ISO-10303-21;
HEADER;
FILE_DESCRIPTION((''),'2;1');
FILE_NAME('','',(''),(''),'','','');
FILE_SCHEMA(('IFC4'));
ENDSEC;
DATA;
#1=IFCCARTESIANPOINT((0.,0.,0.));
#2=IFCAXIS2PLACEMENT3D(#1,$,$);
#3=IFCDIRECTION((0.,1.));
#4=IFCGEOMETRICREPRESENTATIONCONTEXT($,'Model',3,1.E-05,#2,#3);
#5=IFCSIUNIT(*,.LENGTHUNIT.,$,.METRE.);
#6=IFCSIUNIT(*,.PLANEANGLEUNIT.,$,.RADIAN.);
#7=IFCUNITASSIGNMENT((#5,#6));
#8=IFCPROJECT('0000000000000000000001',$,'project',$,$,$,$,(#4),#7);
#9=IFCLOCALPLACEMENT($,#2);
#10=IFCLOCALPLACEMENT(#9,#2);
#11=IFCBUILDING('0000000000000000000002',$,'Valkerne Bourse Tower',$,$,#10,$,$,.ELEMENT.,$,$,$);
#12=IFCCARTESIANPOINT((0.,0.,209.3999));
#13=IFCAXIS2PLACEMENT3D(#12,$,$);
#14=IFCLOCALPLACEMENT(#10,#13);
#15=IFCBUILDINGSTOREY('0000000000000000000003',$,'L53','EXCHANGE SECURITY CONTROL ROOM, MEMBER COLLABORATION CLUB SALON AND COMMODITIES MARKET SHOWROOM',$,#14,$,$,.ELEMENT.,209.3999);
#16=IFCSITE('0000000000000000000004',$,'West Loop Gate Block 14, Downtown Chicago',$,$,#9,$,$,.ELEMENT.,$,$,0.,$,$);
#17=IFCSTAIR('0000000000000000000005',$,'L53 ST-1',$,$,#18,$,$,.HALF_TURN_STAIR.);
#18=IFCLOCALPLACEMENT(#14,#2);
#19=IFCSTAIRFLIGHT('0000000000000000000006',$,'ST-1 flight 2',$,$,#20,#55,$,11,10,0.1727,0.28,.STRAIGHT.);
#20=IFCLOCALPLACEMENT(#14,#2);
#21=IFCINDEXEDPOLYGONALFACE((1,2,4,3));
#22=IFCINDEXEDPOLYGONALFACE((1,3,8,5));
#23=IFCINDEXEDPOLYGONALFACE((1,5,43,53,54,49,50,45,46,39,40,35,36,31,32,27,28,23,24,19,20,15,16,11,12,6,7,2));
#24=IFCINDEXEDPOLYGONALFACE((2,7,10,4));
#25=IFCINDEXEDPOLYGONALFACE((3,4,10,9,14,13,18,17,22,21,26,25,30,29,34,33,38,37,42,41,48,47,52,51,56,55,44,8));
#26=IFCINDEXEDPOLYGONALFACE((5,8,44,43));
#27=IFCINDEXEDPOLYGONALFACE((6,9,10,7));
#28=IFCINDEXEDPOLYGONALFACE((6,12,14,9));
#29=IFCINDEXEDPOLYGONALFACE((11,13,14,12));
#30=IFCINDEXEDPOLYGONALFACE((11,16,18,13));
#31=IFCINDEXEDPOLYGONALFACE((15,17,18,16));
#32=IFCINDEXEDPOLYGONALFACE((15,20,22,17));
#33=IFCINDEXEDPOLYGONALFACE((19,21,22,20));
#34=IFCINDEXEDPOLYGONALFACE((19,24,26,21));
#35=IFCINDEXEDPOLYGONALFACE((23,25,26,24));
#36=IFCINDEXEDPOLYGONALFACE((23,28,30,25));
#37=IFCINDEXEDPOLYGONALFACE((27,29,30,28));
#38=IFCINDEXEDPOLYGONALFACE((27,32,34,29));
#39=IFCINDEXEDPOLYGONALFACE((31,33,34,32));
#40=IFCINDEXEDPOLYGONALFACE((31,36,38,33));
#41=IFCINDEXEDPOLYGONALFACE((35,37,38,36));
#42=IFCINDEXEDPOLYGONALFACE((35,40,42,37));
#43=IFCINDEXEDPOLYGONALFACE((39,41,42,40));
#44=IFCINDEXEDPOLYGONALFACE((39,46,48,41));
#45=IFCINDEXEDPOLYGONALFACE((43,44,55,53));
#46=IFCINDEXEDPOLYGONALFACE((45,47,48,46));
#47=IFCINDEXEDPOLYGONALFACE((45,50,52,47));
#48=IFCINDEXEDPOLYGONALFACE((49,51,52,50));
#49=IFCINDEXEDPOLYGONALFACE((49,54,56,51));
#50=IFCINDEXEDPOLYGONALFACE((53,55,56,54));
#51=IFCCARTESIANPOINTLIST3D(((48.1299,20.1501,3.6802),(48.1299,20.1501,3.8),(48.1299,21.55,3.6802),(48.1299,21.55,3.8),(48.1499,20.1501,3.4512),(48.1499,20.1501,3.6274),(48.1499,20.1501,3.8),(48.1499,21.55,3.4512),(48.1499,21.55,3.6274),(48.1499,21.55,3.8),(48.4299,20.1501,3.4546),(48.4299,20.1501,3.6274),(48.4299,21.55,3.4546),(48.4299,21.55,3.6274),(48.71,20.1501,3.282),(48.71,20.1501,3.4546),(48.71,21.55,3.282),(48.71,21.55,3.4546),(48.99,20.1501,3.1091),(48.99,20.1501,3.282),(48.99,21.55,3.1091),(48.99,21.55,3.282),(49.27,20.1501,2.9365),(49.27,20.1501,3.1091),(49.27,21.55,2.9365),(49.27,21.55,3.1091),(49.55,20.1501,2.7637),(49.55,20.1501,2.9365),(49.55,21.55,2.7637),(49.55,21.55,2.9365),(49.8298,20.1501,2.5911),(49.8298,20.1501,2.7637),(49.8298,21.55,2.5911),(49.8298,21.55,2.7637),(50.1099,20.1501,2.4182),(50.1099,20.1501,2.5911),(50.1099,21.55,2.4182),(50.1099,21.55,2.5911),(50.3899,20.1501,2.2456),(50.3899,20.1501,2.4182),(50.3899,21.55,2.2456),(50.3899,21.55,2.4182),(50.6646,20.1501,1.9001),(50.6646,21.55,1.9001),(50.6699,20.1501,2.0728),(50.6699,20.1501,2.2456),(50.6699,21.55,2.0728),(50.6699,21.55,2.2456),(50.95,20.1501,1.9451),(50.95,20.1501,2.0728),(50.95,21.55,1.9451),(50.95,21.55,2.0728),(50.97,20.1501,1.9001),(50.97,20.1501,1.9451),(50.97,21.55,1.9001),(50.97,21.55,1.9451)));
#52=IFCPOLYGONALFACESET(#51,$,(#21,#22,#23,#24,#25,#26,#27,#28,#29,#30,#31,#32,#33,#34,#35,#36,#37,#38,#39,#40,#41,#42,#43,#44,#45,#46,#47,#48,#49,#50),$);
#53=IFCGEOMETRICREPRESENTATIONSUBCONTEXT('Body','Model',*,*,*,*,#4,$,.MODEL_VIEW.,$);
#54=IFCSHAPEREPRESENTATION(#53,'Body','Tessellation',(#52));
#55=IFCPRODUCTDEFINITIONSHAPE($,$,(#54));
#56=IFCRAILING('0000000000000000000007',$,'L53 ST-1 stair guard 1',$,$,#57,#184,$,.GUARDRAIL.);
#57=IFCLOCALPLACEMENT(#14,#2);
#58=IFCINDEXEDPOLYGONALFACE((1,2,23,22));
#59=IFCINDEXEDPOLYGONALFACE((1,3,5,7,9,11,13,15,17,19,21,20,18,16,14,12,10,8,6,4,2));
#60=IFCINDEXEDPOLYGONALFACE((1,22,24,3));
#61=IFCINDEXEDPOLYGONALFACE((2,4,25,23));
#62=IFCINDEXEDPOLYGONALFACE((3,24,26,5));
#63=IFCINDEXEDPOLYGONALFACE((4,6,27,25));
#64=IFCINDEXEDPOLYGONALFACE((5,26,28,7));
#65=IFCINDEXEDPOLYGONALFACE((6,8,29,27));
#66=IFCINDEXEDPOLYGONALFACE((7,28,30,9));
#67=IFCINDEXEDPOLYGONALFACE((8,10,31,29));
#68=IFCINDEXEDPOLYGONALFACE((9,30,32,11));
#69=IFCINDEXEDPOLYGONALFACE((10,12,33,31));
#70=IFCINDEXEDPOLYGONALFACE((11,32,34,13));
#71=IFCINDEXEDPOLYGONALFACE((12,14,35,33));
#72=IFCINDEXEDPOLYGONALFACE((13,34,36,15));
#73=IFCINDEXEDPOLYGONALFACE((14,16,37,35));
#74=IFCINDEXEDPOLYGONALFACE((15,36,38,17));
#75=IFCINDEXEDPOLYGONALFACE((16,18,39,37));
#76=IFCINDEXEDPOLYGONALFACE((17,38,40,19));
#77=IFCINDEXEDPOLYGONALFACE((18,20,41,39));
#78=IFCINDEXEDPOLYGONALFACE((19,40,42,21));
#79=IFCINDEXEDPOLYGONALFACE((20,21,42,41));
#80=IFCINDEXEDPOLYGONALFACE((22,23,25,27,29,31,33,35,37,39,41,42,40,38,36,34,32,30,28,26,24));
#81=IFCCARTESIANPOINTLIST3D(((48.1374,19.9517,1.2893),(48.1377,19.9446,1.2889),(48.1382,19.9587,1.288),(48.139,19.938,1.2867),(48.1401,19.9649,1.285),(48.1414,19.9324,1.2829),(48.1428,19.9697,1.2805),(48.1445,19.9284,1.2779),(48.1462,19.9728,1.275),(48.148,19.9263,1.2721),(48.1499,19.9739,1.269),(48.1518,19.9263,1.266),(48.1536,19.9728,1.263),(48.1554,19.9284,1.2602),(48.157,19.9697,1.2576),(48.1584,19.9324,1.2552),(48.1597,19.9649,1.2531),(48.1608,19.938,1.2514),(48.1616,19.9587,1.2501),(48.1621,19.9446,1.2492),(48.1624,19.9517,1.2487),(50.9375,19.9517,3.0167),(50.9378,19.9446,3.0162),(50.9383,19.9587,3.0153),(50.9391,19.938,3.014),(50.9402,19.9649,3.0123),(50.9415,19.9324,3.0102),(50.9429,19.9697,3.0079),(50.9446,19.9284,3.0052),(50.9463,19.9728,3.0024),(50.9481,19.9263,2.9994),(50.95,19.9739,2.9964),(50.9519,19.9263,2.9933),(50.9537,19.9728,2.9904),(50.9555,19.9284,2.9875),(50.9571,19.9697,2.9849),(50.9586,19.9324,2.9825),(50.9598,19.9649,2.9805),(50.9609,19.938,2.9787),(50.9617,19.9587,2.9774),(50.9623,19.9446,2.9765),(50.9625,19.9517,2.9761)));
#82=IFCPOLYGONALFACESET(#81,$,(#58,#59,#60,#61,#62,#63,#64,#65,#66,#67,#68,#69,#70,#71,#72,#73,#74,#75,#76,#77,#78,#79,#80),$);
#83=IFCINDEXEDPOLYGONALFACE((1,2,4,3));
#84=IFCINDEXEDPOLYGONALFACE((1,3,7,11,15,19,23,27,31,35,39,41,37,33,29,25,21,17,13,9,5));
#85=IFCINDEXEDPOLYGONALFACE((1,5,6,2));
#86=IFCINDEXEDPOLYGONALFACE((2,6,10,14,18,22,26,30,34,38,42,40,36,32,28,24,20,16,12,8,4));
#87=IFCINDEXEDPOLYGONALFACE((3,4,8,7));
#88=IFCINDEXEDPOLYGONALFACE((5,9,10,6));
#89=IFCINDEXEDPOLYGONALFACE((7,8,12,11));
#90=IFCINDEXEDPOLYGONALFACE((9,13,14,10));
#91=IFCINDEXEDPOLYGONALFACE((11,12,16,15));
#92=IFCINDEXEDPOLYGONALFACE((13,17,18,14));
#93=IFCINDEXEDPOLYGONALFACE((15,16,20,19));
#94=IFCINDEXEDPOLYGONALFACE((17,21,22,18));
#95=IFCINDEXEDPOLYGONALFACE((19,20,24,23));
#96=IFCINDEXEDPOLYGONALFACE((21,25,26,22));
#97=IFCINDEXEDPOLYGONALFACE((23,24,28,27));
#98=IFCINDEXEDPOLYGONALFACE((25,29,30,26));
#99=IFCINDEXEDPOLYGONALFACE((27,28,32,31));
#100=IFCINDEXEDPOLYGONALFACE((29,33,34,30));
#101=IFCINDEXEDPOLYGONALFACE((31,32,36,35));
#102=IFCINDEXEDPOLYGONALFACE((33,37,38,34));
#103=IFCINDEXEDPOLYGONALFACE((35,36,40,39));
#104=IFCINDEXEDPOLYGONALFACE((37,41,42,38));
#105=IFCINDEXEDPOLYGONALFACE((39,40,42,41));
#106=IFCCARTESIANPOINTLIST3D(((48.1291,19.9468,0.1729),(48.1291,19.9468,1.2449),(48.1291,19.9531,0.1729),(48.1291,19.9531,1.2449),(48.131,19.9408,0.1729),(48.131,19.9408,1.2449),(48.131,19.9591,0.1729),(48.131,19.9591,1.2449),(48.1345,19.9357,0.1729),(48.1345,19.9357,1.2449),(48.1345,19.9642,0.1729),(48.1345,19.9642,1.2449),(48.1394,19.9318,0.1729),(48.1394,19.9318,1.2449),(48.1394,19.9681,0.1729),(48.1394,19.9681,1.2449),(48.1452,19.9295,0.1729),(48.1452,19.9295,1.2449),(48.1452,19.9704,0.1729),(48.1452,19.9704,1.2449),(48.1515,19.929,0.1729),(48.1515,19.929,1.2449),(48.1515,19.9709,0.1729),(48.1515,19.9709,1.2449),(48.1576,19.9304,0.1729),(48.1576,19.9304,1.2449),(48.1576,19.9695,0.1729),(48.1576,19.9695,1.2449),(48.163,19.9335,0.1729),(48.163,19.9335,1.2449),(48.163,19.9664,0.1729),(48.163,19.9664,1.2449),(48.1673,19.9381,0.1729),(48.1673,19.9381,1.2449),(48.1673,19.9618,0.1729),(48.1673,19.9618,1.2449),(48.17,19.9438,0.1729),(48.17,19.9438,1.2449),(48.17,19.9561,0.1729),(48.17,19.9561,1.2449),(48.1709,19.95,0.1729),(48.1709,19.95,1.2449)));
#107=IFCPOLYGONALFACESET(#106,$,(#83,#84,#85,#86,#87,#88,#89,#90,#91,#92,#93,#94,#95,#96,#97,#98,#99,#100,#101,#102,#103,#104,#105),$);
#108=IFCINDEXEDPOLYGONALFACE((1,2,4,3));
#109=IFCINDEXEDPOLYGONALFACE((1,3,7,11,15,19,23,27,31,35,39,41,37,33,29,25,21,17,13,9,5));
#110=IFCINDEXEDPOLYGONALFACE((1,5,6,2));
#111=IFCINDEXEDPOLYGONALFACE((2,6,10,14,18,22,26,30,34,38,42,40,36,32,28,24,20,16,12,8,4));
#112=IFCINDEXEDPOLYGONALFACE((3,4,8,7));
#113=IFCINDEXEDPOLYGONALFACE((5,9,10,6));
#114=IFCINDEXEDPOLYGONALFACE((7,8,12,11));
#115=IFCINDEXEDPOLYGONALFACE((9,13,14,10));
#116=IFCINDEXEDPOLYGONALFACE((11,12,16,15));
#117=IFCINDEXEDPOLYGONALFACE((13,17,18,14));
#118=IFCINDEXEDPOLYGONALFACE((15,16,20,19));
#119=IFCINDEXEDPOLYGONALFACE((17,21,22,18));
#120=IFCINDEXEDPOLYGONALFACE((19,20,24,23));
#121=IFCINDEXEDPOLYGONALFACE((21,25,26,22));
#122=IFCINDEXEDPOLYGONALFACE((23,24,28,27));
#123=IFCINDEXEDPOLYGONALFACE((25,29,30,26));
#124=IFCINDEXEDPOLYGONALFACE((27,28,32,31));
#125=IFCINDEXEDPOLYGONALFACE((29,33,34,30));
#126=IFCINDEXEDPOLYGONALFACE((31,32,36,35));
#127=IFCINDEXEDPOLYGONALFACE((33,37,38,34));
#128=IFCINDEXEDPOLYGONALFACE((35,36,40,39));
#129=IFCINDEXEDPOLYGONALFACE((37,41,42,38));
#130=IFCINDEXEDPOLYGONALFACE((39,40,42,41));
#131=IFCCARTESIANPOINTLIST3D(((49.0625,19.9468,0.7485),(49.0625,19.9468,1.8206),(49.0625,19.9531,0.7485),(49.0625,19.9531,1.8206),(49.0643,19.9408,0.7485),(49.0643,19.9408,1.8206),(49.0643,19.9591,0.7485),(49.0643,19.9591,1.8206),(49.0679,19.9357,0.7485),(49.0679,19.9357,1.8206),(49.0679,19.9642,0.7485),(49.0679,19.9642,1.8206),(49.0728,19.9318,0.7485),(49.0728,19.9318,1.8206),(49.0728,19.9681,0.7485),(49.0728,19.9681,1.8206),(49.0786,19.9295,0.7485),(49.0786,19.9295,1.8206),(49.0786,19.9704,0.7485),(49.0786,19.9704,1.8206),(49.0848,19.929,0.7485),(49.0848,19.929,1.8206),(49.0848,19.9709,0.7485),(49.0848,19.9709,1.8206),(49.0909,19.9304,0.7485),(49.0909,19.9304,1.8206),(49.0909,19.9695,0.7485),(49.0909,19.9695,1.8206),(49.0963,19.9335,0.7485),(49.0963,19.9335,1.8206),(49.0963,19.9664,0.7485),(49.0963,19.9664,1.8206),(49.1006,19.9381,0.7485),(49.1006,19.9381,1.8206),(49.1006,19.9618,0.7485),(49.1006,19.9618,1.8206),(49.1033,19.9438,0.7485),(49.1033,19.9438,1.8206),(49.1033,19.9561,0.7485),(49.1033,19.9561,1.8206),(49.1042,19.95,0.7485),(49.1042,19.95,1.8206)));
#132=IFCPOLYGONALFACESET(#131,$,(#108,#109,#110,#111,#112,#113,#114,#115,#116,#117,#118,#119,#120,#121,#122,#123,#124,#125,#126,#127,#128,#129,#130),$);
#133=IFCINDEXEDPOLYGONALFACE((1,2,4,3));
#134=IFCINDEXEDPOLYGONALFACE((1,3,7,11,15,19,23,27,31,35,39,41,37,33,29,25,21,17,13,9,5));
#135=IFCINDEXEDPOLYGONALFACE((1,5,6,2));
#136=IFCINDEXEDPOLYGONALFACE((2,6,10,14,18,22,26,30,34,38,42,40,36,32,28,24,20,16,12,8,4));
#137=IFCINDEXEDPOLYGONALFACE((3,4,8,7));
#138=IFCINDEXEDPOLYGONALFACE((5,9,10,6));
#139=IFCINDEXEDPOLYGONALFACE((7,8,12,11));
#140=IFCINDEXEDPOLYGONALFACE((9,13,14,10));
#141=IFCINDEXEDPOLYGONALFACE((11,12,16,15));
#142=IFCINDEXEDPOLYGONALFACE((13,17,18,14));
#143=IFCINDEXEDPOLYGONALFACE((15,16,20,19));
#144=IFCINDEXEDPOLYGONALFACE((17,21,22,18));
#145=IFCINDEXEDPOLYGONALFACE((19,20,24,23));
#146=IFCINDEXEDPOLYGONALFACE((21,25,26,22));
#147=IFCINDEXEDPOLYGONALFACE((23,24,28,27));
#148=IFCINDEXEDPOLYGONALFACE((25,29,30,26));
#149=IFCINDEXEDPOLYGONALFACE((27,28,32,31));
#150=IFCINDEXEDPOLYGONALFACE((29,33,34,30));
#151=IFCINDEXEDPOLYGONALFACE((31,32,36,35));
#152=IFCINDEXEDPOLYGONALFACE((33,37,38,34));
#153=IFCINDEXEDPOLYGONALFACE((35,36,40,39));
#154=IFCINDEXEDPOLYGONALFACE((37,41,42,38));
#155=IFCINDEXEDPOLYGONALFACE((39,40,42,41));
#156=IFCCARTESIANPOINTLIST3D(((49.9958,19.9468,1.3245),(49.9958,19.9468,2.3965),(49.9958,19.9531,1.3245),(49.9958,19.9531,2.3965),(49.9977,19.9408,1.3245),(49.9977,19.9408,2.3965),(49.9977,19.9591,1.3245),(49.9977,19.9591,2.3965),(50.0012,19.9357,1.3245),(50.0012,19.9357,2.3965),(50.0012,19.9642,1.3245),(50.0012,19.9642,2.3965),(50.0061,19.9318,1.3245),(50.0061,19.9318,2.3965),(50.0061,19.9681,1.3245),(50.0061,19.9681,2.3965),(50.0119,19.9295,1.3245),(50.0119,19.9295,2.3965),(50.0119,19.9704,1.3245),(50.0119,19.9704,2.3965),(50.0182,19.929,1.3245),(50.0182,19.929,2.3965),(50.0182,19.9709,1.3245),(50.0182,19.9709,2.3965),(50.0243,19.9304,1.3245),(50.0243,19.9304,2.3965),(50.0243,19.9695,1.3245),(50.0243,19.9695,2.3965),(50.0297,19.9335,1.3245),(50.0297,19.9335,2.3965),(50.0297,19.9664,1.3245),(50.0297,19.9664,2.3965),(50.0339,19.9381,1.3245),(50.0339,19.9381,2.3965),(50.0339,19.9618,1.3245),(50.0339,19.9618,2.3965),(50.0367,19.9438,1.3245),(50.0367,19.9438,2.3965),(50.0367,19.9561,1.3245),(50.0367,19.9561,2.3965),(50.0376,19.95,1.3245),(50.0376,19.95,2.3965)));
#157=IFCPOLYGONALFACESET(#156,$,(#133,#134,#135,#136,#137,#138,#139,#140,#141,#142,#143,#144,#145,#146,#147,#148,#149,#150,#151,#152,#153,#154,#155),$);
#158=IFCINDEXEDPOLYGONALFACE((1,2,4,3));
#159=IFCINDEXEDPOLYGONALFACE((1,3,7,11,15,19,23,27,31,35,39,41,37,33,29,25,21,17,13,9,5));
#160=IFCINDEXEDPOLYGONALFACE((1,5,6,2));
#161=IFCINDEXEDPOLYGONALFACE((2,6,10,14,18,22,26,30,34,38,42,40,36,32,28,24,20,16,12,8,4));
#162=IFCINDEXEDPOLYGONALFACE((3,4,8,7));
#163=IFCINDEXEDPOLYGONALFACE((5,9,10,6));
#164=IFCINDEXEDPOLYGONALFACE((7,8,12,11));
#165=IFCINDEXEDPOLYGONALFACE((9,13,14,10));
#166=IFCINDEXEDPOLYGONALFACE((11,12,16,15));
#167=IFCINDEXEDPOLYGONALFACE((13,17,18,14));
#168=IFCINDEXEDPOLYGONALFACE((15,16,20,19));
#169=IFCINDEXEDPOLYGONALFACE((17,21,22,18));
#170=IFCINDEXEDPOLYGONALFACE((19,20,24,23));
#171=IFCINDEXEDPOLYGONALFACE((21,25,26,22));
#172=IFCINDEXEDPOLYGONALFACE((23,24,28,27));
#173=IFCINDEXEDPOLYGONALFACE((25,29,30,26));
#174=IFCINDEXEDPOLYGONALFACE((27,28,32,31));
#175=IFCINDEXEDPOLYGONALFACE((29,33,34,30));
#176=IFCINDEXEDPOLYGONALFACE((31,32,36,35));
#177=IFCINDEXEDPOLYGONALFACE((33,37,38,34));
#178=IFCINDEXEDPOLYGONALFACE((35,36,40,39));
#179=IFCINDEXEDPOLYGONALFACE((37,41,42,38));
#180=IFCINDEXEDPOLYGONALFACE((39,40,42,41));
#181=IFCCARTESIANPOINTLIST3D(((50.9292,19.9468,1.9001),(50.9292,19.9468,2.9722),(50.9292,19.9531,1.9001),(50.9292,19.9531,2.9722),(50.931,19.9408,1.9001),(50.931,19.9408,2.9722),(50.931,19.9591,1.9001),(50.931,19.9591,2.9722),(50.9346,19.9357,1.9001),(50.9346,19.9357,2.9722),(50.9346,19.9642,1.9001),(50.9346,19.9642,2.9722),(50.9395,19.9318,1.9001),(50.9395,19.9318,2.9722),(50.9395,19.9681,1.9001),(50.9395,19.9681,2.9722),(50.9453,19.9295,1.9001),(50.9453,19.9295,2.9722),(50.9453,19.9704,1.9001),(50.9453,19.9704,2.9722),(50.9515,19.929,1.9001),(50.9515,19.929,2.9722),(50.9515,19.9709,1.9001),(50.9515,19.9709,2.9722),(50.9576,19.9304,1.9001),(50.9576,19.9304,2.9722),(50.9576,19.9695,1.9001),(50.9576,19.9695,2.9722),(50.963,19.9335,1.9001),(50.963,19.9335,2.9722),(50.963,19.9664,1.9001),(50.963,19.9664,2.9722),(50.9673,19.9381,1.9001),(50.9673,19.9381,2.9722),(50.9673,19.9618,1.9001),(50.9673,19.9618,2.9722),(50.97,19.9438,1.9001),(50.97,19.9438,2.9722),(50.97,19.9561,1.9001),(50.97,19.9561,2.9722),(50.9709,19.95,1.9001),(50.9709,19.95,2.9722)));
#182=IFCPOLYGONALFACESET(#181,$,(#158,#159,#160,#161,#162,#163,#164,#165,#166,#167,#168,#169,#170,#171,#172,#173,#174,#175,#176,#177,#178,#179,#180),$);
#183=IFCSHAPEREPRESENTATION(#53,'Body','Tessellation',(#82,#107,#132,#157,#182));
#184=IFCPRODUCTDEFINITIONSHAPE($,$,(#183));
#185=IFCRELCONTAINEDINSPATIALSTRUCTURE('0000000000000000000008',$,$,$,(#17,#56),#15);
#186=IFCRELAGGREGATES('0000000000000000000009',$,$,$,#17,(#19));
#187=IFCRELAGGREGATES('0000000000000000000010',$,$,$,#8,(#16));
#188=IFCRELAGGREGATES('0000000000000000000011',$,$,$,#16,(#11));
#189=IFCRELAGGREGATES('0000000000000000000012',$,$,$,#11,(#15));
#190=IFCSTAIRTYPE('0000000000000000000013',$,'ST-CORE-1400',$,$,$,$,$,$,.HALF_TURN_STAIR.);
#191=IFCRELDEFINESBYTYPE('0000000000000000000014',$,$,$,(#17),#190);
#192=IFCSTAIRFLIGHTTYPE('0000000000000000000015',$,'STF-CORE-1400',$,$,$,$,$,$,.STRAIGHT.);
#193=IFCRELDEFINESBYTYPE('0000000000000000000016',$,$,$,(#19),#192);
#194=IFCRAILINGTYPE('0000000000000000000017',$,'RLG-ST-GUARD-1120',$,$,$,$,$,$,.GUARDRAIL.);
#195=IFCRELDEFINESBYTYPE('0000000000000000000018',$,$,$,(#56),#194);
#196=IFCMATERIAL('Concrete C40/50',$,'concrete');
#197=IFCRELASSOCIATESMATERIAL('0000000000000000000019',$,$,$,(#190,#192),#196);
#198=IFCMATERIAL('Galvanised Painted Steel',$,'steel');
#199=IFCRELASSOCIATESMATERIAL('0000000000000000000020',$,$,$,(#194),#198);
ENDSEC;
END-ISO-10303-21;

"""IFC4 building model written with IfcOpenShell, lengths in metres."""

from ifc_helpers import new_model, si_unit, direction, frame, origin, origin_2d, place, context, subcontext, project, spatial, polyline, circle, outline, extrude, material, type_object, element, aggregate, save


model = new_model("IFC4")

# Units and contexts
model_context = context("Model", 3, precision=1e-05, world=origin(), true_north=direction((0.0, 1.0)))
body_context = subcontext(model_context, "Body", "Model", "MODEL_VIEW")
ifc_project = project(units=[si_unit("LENGTHUNIT", "METRE"), si_unit("PLANEANGLEUNIT", "RADIAN")], contexts=[model_context])

# Site, building, storey
site_placement = place(None, origin())
site = spatial("IfcSite", under=ifc_project, at=site_placement, Name="West Loop Gate Block 14, Downtown Chicago", CompositionType="ELEMENT", RefElevation=0.0)
building_placement = place(site_placement, origin())
building = spatial("IfcBuilding", under=site, at=building_placement, Name="Valkerne Bourse Tower", CompositionType="ELEMENT")
storey_placement = place(building_placement, frame((0.0, 0.0, 209.3999)))
storey = spatial("IfcBuildingStorey", under=building, at=storey_placement, Name="L53", Description="EXCHANGE SECURITY CONTROL ROOM, MEMBER COLLABORATION CLUB SALON AND COMMODITIES MARKET SHOWROOM", CompositionType="ELEMENT", Elevation=209.3999)

# Shared definitions
ifc_material_1 = material(Name="Galvanised Painted Steel", Category="steel")

# Shared definitions
ifc_material_2 = material(Name="Concrete C40/50", Category="concrete")

# Stair, stair flight
stair_type = type_object("IfcStairType", Name="ST-CORE-1400", PredefinedType="HALF_TURN_STAIR", material=ifc_material_2)
stair_placement = place(storey_placement, origin())
stair = element("IfcStair", 1, at=stair_placement, inside=storey, type_object=stair_type, Name="L53 ST-1", PredefinedType="HALF_TURN_STAIR")
stair_flight_type = type_object("IfcStairFlightType", Name="STF-CORE-1400", PredefinedType="STRAIGHT", material=ifc_material_2)
stair_flight_1_placement = place(storey_placement, frame((50.95, 20.8501, 1.9001), z_axis=(0.0, 0.0, 1.0), x_axis=(-1.0, 0.0, 0.0)))
stair_flight_1 = element("IfcStairFlight", 2, at=stair_flight_1_placement, type_object=stair_flight_type, Name="ST-1 flight 2", NumberOfRisers=11, NumberOfTreads=10, PredefinedType="STRAIGHT", RiserHeight=0.1727, TreadLength=0.28, context=body_context, shape_type="SweptSolid", body=[
    extrude(outline(polyline([(-0.02, 0.0), (-0.02, 0.0449), (0.0, 0.0449), (0.0, 0.1726), (0.28, 0.1726), (0.28, 0.3455), (0.5601, 0.3455), (0.5601, 0.5181), (0.8401, 0.5181), (0.8401, 0.6909), (1.1201, 0.6909), (1.1201, 0.8635), (1.3999, 0.8635), (1.3999, 1.0364), (1.6799, 1.0364), (1.6799, 1.209), (1.96, 1.209), (1.96, 1.3818), (2.24, 1.3818), (2.24, 1.5544), (2.52, 1.5544), (2.52, 1.7273), (2.8, 1.7273), (2.8, 1.8999), (2.8201, 1.8999), (2.8201, 1.78), (2.8, 1.551), (0.2854, 0.0), (-0.02, 0.0)])), frame((0.0, 0.7, 0.0), z_axis=(0.0, -1.0, 0.0), x_axis=(1.0, 0.0, 0.0)), (0.0, 0.0, 1.0), 1.3999),
])
aggregate(stair, [stair_flight_1])

# Railing
railing_type_1 = type_object("IfcRailingType", Name="RLG-ST-GUARD-1120", PredefinedType="GUARDRAIL", material=ifc_material_1)
railing_1_placement = place(storey_placement, frame((48.1499, 19.95, 0.1729)))
element("IfcRailing", 3, at=railing_1_placement, inside=storey, type_object=railing_type_1, Name="L53 ST-1 stair guard 1", PredefinedType="GUARDRAIL", context=body_context, shape_type="SweptSolid", body=[
    extrude(circle(Radius=0.0239, at=origin_2d()), frame((0.0, 0.0, 1.0962), z_axis=(0.85109, 0.0, 0.52502), x_axis=(0.0, 1.0, 0.0)), (0.0, 0.0, 1.0), 3.29),
    extrude(circle(Radius=0.021, at=origin_2d()), origin(), (0.0, 0.0, 1.0), 1.072),
    extrude(circle(Radius=0.021, at=origin_2d()), frame((0.9333, 0.0, 0.5757)), (0.0, 0.0, 1.0), 1.072),
    extrude(circle(Radius=0.021, at=origin_2d()), frame((1.8667, 0.0, 1.1516)), (0.0, 0.0, 1.0), 1.072),
    extrude(circle(Radius=0.021, at=origin_2d()), frame((2.8, 0.0, 1.7273)), (0.0, 0.0, 1.0), 1.072),
])

save(model, "model.ifc")
